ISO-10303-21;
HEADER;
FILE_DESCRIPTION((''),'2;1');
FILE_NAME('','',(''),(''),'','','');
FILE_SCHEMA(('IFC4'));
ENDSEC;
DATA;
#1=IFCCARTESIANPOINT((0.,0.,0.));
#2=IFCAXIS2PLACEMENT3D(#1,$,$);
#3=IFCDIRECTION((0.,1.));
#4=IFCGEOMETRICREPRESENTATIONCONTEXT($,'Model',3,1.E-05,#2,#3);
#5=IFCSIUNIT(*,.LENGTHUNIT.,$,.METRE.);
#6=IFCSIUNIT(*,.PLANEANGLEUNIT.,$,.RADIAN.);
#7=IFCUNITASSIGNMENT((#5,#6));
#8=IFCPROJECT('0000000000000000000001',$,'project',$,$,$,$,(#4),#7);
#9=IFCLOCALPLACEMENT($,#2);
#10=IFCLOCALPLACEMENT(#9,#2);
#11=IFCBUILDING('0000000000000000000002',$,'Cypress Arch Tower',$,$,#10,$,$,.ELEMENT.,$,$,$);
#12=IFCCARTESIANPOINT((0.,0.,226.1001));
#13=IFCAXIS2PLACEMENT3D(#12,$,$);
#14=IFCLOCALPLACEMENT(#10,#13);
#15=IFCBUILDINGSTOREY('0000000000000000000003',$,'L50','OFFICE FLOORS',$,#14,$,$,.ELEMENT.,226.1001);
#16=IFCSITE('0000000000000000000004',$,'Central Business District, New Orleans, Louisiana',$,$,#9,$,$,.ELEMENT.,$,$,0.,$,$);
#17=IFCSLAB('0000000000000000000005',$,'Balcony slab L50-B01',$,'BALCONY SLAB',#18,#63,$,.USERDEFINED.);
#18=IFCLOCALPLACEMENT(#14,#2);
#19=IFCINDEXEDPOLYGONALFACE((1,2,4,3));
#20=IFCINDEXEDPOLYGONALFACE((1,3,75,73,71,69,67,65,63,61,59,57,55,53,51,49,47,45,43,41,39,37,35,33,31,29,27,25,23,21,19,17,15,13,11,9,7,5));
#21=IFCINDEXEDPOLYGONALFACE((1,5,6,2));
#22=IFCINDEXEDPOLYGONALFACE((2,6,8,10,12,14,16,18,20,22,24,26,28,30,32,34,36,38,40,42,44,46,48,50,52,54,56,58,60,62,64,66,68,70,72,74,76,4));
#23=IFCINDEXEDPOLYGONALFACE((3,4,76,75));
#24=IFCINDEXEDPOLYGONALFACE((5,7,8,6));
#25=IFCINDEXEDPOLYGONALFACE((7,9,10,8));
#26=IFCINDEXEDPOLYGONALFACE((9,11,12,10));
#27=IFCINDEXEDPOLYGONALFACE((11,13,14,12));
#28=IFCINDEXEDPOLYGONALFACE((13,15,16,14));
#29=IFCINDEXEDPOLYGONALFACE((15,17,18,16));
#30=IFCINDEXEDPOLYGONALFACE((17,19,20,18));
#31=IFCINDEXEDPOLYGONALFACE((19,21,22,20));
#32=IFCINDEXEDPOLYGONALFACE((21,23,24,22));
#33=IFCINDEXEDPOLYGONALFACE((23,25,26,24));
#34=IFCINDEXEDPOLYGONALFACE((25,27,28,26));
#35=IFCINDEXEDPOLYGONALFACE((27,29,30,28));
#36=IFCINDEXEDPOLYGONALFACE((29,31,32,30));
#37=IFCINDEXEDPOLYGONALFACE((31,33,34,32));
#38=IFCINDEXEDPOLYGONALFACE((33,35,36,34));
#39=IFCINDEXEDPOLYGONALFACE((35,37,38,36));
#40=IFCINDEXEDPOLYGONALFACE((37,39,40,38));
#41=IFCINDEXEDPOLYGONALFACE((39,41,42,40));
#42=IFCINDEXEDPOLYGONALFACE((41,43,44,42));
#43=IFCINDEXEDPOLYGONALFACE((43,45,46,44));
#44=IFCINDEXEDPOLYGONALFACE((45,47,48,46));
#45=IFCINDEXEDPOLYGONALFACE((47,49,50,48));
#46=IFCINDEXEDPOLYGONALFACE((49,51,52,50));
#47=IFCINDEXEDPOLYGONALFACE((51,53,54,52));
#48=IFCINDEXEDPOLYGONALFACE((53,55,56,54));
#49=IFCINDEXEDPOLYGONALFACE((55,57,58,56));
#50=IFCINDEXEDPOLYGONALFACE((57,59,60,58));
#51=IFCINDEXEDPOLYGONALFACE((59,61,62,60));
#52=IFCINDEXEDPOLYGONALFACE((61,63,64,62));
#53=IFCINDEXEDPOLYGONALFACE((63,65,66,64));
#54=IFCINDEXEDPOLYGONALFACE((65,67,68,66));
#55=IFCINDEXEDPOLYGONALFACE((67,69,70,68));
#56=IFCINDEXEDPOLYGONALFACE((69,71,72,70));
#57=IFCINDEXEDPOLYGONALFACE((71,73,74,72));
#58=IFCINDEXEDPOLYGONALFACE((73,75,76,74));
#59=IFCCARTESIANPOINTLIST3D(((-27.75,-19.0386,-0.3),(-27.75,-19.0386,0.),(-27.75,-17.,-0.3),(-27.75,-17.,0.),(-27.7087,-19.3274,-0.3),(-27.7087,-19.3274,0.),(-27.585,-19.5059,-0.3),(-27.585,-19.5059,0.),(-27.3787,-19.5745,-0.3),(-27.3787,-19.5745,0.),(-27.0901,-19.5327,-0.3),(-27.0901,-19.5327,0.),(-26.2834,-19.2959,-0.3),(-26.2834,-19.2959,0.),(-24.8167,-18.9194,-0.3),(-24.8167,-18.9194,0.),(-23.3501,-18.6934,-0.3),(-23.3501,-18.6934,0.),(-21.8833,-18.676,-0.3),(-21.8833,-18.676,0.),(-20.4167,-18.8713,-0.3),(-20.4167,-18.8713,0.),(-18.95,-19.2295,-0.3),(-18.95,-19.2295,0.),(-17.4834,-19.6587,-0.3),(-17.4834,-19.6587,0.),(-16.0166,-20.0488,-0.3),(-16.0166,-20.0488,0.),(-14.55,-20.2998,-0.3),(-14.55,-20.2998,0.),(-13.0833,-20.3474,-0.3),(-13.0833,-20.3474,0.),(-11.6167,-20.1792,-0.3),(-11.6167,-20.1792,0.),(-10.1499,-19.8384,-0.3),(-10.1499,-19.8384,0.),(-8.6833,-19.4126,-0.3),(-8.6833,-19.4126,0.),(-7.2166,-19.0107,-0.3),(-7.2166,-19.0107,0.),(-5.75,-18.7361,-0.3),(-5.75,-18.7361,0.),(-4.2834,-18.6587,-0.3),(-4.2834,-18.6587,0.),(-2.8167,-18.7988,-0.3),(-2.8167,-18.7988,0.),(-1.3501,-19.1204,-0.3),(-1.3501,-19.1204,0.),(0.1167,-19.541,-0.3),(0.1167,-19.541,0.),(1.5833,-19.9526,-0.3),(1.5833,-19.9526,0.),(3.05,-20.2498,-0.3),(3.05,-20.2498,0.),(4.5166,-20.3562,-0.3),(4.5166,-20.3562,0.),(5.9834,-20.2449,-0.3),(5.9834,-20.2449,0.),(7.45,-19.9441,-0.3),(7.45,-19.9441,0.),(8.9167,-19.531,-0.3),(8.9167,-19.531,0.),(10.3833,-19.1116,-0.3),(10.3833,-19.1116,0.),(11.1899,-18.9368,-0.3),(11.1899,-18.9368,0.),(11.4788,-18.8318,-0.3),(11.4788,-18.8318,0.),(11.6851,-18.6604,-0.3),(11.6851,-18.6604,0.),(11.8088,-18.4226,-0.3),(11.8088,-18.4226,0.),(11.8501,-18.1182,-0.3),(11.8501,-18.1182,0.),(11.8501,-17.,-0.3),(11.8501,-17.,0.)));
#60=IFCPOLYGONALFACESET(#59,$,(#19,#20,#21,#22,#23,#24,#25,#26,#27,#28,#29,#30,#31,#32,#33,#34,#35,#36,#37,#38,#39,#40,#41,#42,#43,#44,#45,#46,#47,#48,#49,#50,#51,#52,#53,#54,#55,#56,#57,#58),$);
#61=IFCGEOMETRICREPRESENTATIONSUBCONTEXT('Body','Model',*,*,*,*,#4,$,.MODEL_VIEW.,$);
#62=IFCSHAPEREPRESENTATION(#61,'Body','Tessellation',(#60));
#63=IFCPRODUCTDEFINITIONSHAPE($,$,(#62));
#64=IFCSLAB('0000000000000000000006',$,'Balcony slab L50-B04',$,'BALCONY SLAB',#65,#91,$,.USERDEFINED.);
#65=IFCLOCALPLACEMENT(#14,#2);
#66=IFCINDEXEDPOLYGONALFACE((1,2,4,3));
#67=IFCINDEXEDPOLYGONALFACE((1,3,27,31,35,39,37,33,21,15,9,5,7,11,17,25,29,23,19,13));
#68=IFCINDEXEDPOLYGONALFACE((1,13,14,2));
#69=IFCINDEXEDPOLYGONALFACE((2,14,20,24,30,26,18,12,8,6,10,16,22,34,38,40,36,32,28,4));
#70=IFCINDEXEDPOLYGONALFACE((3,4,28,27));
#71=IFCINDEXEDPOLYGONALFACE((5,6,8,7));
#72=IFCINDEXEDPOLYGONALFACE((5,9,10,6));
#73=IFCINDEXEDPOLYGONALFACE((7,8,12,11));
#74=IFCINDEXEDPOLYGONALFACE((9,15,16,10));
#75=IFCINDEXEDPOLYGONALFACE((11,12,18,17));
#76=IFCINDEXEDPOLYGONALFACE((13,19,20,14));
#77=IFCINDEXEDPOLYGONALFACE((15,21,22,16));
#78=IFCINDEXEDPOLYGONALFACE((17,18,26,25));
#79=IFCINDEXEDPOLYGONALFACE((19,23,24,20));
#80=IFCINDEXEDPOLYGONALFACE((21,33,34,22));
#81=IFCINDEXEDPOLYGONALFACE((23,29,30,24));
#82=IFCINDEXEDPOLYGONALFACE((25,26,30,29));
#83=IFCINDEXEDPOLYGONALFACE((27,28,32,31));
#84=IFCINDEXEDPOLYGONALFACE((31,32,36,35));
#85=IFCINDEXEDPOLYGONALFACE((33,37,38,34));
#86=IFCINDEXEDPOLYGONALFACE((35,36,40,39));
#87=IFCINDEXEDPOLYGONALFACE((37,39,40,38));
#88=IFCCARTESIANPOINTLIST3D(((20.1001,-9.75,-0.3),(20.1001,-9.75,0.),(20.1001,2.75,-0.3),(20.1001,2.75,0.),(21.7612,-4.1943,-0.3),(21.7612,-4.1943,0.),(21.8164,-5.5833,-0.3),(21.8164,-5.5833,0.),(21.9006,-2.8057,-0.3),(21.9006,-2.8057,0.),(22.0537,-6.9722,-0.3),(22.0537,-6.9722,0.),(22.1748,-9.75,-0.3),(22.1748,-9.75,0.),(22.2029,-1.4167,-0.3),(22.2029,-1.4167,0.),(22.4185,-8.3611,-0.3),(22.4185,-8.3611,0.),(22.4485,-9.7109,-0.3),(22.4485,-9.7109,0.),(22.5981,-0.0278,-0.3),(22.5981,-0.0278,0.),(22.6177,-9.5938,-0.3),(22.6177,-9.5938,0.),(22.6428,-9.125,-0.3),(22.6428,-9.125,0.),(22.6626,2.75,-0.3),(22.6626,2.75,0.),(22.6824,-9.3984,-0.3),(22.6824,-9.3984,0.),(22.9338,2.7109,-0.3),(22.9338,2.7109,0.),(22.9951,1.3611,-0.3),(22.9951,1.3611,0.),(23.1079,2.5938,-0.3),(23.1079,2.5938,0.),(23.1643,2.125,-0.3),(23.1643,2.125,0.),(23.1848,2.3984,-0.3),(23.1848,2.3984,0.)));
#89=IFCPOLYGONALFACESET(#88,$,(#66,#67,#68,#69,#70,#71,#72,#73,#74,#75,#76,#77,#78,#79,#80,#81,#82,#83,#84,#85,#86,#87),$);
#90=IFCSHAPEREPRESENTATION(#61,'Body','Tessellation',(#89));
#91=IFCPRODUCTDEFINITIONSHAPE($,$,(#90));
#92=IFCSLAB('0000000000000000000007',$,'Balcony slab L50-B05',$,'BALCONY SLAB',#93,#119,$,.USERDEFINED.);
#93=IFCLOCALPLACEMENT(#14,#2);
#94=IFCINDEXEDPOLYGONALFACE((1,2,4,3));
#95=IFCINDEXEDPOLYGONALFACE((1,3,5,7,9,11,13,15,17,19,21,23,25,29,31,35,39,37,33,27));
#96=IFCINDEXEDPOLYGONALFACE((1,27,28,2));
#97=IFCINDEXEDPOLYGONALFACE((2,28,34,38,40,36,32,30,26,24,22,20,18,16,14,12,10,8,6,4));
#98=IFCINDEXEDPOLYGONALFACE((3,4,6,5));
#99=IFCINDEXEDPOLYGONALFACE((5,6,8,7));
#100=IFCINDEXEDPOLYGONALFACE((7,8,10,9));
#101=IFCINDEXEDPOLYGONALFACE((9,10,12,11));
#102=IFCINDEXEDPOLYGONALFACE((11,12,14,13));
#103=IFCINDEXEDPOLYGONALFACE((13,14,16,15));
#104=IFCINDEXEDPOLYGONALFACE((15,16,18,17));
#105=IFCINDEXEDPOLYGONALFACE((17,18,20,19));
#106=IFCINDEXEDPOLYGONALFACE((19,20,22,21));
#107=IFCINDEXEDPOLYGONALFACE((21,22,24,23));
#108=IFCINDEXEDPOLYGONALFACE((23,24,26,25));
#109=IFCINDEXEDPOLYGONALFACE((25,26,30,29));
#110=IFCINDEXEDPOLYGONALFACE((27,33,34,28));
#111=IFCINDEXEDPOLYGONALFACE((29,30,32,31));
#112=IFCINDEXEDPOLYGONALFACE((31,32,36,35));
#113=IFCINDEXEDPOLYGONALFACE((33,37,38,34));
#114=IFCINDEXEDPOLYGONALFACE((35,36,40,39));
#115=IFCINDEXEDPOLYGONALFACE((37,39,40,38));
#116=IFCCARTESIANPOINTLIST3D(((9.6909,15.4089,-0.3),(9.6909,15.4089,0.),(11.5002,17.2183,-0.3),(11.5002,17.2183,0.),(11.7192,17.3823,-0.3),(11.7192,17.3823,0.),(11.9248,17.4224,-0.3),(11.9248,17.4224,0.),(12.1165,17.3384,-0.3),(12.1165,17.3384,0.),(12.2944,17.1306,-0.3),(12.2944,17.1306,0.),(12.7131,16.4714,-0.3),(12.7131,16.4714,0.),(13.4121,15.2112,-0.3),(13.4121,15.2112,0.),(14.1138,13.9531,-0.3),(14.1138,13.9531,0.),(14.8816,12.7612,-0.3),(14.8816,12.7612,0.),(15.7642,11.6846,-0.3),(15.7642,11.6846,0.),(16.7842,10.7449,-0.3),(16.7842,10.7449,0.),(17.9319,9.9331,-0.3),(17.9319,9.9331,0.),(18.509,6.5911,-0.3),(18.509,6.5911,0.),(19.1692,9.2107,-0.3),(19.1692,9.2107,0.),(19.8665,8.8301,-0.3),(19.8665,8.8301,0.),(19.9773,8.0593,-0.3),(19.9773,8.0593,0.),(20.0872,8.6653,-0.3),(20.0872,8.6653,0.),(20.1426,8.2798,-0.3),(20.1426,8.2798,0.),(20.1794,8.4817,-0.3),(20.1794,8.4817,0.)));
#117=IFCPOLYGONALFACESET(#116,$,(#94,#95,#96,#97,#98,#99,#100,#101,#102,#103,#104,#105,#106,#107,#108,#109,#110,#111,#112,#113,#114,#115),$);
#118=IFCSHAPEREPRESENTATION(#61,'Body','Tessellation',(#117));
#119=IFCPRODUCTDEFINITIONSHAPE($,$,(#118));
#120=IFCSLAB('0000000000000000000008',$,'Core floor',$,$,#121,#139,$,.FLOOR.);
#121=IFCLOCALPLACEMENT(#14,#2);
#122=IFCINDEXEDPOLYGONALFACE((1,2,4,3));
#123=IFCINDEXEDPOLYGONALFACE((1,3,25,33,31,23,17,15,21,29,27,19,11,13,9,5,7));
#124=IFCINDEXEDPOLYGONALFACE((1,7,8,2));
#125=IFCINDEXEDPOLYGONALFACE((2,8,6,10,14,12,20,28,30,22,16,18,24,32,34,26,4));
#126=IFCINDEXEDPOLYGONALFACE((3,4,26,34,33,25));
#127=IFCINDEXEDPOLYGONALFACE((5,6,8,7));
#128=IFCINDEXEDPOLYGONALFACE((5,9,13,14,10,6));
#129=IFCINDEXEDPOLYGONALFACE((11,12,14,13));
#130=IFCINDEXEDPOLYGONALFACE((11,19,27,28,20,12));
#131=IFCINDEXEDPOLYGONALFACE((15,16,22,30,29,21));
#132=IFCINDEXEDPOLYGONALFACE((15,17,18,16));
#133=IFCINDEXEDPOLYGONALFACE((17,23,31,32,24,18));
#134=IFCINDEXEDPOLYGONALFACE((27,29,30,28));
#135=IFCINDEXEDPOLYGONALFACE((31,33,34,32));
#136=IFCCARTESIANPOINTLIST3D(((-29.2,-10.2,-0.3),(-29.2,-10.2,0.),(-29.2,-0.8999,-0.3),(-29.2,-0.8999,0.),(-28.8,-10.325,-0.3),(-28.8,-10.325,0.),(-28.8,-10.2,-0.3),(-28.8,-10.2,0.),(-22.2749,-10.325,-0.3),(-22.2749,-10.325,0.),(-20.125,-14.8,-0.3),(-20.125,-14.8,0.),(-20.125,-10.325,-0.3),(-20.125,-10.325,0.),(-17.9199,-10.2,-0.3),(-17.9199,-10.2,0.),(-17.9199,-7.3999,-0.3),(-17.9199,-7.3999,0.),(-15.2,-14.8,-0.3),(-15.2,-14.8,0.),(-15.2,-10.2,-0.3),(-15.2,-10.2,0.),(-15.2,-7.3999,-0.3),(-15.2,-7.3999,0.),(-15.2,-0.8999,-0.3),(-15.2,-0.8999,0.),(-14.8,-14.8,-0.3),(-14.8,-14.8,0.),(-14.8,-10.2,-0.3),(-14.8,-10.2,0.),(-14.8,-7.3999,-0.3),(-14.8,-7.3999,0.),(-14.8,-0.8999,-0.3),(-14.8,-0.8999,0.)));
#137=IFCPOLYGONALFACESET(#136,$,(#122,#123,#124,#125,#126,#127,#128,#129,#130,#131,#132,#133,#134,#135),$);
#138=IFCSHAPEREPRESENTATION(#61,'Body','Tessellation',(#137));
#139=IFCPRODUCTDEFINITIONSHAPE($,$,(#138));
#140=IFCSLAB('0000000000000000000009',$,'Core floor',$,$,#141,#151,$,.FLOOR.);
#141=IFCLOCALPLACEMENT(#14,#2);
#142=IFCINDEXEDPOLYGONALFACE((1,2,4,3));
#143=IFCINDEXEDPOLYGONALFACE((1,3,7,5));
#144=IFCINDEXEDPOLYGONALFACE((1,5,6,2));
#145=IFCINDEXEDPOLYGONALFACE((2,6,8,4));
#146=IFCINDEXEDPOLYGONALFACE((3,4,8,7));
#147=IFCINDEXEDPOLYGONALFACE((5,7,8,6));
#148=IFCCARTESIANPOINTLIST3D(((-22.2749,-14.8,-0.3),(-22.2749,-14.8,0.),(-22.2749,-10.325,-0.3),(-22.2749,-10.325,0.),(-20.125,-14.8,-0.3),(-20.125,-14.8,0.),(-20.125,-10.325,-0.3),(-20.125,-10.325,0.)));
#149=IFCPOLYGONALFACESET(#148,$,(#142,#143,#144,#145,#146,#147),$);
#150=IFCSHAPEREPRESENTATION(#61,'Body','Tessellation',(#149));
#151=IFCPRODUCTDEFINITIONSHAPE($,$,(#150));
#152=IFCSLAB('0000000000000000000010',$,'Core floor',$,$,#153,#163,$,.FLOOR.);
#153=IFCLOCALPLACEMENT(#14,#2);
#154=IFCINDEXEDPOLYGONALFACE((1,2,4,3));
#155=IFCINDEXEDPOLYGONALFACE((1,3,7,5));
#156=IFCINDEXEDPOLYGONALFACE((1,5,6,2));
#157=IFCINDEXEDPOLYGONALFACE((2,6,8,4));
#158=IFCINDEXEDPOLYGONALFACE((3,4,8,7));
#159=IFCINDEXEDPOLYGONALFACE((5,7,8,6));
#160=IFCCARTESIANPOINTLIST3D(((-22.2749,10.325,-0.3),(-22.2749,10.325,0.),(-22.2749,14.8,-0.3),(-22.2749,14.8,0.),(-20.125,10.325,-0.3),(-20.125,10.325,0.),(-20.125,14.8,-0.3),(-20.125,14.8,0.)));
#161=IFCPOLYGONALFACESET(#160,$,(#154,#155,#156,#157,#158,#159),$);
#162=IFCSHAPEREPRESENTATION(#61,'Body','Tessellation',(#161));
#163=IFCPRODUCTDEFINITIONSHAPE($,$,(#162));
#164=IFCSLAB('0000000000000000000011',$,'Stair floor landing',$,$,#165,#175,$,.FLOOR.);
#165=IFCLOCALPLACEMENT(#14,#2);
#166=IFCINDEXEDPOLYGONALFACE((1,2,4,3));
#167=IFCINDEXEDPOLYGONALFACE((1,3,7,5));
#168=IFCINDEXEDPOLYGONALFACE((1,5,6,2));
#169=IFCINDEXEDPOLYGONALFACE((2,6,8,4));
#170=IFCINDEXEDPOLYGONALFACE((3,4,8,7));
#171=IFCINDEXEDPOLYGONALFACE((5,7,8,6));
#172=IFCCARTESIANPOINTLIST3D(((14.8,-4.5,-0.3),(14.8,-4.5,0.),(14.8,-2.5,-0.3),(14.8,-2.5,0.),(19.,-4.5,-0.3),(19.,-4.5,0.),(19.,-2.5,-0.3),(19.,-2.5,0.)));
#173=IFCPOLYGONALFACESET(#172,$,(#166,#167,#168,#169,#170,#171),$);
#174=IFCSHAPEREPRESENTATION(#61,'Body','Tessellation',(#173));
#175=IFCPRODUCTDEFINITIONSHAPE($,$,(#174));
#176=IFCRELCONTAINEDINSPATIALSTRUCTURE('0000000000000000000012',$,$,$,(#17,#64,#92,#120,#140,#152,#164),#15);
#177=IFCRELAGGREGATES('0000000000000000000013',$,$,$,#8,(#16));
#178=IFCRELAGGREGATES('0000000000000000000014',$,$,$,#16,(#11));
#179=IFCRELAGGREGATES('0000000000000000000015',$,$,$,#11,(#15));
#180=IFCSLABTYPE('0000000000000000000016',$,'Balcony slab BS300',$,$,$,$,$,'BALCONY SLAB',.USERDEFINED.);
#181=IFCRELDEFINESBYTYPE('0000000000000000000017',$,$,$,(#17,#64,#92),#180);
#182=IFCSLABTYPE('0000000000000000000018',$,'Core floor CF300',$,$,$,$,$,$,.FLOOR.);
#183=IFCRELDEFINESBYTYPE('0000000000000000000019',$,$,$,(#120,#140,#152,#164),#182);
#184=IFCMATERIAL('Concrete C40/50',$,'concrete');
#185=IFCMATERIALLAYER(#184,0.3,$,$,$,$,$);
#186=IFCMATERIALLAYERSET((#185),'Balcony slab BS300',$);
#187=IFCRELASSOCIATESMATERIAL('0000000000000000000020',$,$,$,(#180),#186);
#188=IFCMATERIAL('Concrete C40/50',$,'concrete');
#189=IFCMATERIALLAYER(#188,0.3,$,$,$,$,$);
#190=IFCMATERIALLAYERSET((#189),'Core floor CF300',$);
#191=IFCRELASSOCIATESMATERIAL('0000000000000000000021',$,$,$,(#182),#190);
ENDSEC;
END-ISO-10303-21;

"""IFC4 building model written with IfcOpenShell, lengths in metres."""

from ifc_helpers import new_model, si_unit, direction, frame, origin, place, context, subcontext, project, spatial, polyline, outline, extrude, material, layer, layer_set, type_object, element, save


model = new_model("IFC4")

# Units and contexts
model_context = context("Model", 3, precision=1e-05, world=origin(), true_north=direction((0.0, 1.0)))
body_context = subcontext(model_context, "Body", "Model", "MODEL_VIEW")
ifc_project = project(units=[si_unit("LENGTHUNIT", "METRE"), si_unit("PLANEANGLEUNIT", "RADIAN")], contexts=[model_context])

# Site, building, storey
site_placement = place(None, origin())
site = spatial("IfcSite", under=ifc_project, at=site_placement, Name="Central Business District, New Orleans, Louisiana", CompositionType="ELEMENT", RefElevation=0.0)
building_placement = place(site_placement, origin())
building = spatial("IfcBuilding", under=site, at=building_placement, Name="Cypress Arch Tower", CompositionType="ELEMENT")
storey_placement = place(building_placement, frame((0.0, 0.0, 226.1001)))
storey = spatial("IfcBuildingStorey", under=building, at=storey_placement, Name="L50", Description="OFFICE FLOORS", CompositionType="ELEMENT", Elevation=226.1001)

# Slabs
ifc_material_1 = material(Name="Concrete C40/50", Category="concrete")
ifc_layer_1 = layer(ifc_material_1, 0.3)
ifc_layer_set_1 = layer_set([ifc_layer_1], Name="Balcony slab BS300")
slab_type_1 = type_object("IfcSlabType", Name="Balcony slab BS300", ElementType="BALCONY SLAB", PredefinedType="USERDEFINED", material=ifc_layer_set_1)
slab_1_placement = place(storey_placement, frame((0.0, 0.0, -0.3)))
element("IfcSlab", 1, at=slab_1_placement, inside=storey, type_object=slab_type_1, Name="Balcony slab L50-B01", ObjectType="BALCONY SLAB", PredefinedType="USERDEFINED", context=body_context, shape_type="SweptSolid", body=[
    extrude(outline(polyline([(-27.75, -17.0), (-27.75, -19.0386), (-27.7087, -19.3274), (-27.585, -19.5059), (-27.3787, -19.5745), (-27.0901, -19.5327), (-26.2834, -19.2959), (-24.8167, -18.9194), (-23.3501, -18.6934), (-21.8833, -18.676), (-20.4167, -18.8713), (-18.95, -19.2295), (-17.4834, -19.6587), (-16.0166, -20.0488), (-14.55, -20.2998), (-13.0833, -20.3474), (-11.6167, -20.1792), (-10.1499, -19.8384), (-8.6833, -19.4126), (-7.2166, -19.0107), (-5.75, -18.7361), (-4.2834, -18.6587), (-2.8167, -18.7988), (-1.3501, -19.1204), (0.1167, -19.541), (1.5833, -19.9526), (3.05, -20.2498), (4.5166, -20.3562), (5.9834, -20.2449), (7.45, -19.9441), (8.9167, -19.531), (10.3833, -19.1116), (11.1899, -18.9368), (11.4788, -18.8318), (11.6851, -18.6604), (11.8088, -18.4226), (11.8501, -18.1182), (11.8501, -17.0), (-27.75, -17.0)])), origin(), (0.0, 0.0, 1.0), 0.3),
])
slab_2_placement = place(storey_placement, frame((0.0, 0.0, -0.3)))
element("IfcSlab", 2, at=slab_2_placement, inside=storey, type_object=slab_type_1, Name="Balcony slab L50-B04", ObjectType="BALCONY SLAB", PredefinedType="USERDEFINED", context=body_context, shape_type="SweptSolid", body=[
    extrude(outline(polyline([(20.1001, -9.75), (22.1748, -9.75), (22.4485, -9.7109), (22.6177, -9.5938), (22.6824, -9.3984), (22.6428, -9.125), (22.4185, -8.3611), (22.0537, -6.9722), (21.8164, -5.5833), (21.7612, -4.1943), (21.9006, -2.8057), (22.2029, -1.4167), (22.5981, -0.0278), (22.9951, 1.3611), (23.1643, 2.125), (23.1848, 2.3984), (23.1079, 2.5938), (22.9338, 2.7109), (22.6626, 2.75), (20.1001, 2.75), (20.1001, -9.75)])), origin(), (0.0, 0.0, 1.0), 0.3),
])
slab_3_placement = place(storey_placement, frame((0.0, 0.0, -0.3)))
element("IfcSlab", 3, at=slab_3_placement, inside=storey, type_object=slab_type_1, Name="Balcony slab L50-B05", ObjectType="BALCONY SLAB", PredefinedType="USERDEFINED", context=body_context, shape_type="SweptSolid", body=[
    extrude(outline(polyline([(18.509, 6.5911), (19.9773, 8.0593), (20.1426, 8.2798), (20.1794, 8.4817), (20.0872, 8.6653), (19.8665, 8.8301), (19.1692, 9.2107), (17.9319, 9.9331), (16.7842, 10.7449), (15.7642, 11.6846), (14.8816, 12.7612), (14.1138, 13.9531), (13.4121, 15.2112), (12.7131, 16.4714), (12.2944, 17.1306), (12.1165, 17.3384), (11.9248, 17.4224), (11.7192, 17.3823), (11.5002, 17.2183), (9.6909, 15.4089), (18.509, 6.5911)])), origin(), (0.0, 0.0, 1.0), 0.3),
])
ifc_material_2 = material(Name="Concrete C40/50", Category="concrete")
ifc_layer_2 = layer(ifc_material_2, 0.3)
ifc_layer_set_2 = layer_set([ifc_layer_2], Name="Core floor CF300")
slab_type_2 = type_object("IfcSlabType", Name="Core floor CF300", PredefinedType="FLOOR", material=ifc_layer_set_2)
slab_4_placement = place(storey_placement, frame((0.0, 0.0, -0.3)))
element("IfcSlab", 4, at=slab_4_placement, inside=storey, type_object=slab_type_2, Name="Core floor", PredefinedType="FLOOR", context=body_context, shape_type="SweptSolid", body=[
    extrude(outline(polyline([(-28.8, -10.2), (-29.2, -10.2), (-29.2, -0.8999), (-15.2, -0.8999), (-14.8, -0.8999), (-14.8, -7.3999), (-15.2, -7.3999), (-17.9199, -7.3999), (-17.9199, -10.2), (-15.2, -10.2), (-14.8, -10.2), (-14.8, -14.8), (-15.2, -14.8), (-20.125, -14.8), (-20.125, -10.325), (-22.2749, -10.325), (-28.8, -10.325), (-28.8, -10.2)])), origin(), (0.0, 0.0, 1.0), 0.3),
])
slab_5_placement = place(storey_placement, frame((0.0, 0.0, -0.3)))
element("IfcSlab", 5, at=slab_5_placement, inside=storey, type_object=slab_type_2, Name="Core floor", PredefinedType="FLOOR", context=body_context, shape_type="SweptSolid", body=[
    extrude(outline(polyline([(-22.2749, -10.325), (-22.2749, -14.8), (-20.125, -14.8), (-20.125, -10.325), (-22.2749, -10.325)])), origin(), (0.0, 0.0, 1.0), 0.3),
])
slab_6_placement = place(storey_placement, frame((0.0, 0.0, -0.3)))
element("IfcSlab", 6, at=slab_6_placement, inside=storey, type_object=slab_type_2, Name="Core floor", PredefinedType="FLOOR", context=body_context, shape_type="SweptSolid", body=[
    extrude(outline(polyline([(-20.125, 14.8), (-22.2749, 14.8), (-22.2749, 10.325), (-20.125, 10.325), (-20.125, 14.8)])), origin(), (0.0, 0.0, 1.0), 0.3),
])
slab_7_placement = place(storey_placement, frame((0.0, 0.0, -0.3)))
element("IfcSlab", 7, at=slab_7_placement, inside=storey, type_object=slab_type_2, Name="Stair floor landing", PredefinedType="FLOOR", context=body_context, shape_type="SweptSolid", body=[
    extrude(outline(polyline([(19.0, -4.5), (19.0, -2.5), (14.8, -2.5), (14.8, -4.5), (19.0, -4.5)])), origin(), (0.0, 0.0, 1.0), 0.3),
])

save(model, "model.ifc")
